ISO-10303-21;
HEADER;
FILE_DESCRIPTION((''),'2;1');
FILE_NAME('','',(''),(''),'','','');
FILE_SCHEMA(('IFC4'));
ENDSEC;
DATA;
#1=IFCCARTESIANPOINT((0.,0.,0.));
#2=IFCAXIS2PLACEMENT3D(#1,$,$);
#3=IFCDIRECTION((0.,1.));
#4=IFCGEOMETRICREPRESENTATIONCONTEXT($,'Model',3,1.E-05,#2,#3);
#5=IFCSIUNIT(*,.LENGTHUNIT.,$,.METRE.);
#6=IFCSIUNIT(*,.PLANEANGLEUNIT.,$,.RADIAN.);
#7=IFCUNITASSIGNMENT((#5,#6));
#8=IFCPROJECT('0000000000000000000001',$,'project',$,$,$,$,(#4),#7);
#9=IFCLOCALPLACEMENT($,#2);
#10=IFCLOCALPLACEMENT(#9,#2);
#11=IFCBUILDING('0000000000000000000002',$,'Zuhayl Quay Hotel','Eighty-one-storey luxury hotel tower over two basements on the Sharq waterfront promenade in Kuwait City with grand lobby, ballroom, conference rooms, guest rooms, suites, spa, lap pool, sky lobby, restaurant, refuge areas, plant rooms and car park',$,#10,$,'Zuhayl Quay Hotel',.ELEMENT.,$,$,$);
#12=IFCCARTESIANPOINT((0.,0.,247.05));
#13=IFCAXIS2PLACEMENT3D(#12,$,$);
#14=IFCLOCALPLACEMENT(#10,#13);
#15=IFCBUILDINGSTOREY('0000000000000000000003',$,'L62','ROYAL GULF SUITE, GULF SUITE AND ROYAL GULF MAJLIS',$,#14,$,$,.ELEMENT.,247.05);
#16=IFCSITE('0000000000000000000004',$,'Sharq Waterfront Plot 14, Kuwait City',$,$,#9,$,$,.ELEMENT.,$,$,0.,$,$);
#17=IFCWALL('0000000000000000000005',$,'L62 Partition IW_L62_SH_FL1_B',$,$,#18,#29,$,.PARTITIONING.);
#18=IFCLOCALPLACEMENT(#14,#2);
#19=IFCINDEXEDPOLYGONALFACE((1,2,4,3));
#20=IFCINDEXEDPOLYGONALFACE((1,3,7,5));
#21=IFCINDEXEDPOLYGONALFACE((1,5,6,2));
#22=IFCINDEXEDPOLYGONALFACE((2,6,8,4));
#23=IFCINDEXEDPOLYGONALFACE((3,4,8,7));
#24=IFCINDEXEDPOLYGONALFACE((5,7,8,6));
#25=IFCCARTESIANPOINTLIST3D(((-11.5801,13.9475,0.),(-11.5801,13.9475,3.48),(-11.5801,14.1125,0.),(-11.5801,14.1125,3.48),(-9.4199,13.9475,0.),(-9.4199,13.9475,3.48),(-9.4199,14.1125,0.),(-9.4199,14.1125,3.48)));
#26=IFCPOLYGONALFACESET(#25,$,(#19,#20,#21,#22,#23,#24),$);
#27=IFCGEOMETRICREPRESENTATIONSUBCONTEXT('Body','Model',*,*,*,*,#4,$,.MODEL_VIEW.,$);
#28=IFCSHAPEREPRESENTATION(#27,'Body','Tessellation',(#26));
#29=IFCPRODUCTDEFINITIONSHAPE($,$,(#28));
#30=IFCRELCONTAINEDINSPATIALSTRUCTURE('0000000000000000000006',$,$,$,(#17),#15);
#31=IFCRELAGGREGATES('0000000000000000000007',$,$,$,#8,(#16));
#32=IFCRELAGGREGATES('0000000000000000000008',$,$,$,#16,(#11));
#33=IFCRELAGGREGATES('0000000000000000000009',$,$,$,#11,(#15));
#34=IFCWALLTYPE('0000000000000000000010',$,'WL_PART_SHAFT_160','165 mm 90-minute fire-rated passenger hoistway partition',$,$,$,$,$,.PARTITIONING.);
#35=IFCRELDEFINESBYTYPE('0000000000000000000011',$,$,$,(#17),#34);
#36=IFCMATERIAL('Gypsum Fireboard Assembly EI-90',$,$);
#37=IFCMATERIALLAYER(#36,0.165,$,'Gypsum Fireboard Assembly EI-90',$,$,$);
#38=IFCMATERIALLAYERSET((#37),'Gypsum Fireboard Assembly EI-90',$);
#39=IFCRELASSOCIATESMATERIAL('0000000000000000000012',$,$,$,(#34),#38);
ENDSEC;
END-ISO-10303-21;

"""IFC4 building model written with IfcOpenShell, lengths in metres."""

from ifc_helpers import new_model, si_unit, direction, frame, frame_2d, origin, place, context, subcontext, project, spatial, rectangle, extrude, material, layer, layer_set, type_object, element, save


model = new_model("IFC4")

# Units and contexts
model_context = context("Model", 3, precision=1e-05, world=origin(), true_north=direction((0.0, 1.0)))
body_context = subcontext(model_context, "Body", "Model", "MODEL_VIEW")
ifc_project = project(units=[si_unit("LENGTHUNIT", "METRE"), si_unit("PLANEANGLEUNIT", "RADIAN")], contexts=[model_context])

# Site, building, storey
site_placement = place(None, origin())
site = spatial("IfcSite", under=ifc_project, at=site_placement, Name="Sharq Waterfront Plot 14, Kuwait City", CompositionType="ELEMENT", RefElevation=0.0)
building_placement = place(site_placement, origin())
building = spatial("IfcBuilding", under=site, at=building_placement, Name="Zuhayl Quay Hotel", Description="Eighty-one-storey luxury hotel tower over two basements on the Sharq waterfront promenade in Kuwait City with grand lobby, ballroom, conference rooms, guest rooms, suites, spa, lap pool, sky lobby, restaurant, refuge areas, plant rooms and car park", LongName="Zuhayl Quay Hotel", CompositionType="ELEMENT")
storey_placement = place(building_placement, frame((0.0, 0.0, 247.05)))
storey = spatial("IfcBuildingStorey", under=building, at=storey_placement, Name="L62", Description="ROYAL GULF SUITE, GULF SUITE AND ROYAL GULF MAJLIS", CompositionType="ELEMENT", Elevation=247.05)

# Wall
ifc_material_1 = material(Name="Gypsum Fireboard Assembly EI-90")
ifc_layer_1 = layer(ifc_material_1, 0.165, Name="Gypsum Fireboard Assembly EI-90")
ifc_layer_set_1 = layer_set([ifc_layer_1], Name="Gypsum Fireboard Assembly EI-90")
wall_type_1 = type_object("IfcWallType", Name="WL_PART_SHAFT_160", Description="165 mm 90-minute fire-rated passenger hoistway partition", PredefinedType="PARTITIONING", material=ifc_layer_set_1)
wall_1_placement = place(storey_placement, frame((-11.5801, 14.03, 0.0), z_axis=(0.0, 0.0, 1.0), x_axis=(1.0, 0.0, 0.0)))
element("IfcWall", 1, at=wall_1_placement, inside=storey, type_object=wall_type_1, Name="L62 Partition IW_L62_SH_FL1_B", PredefinedType="PARTITIONING", context=body_context, shape_type="SweptSolid", body=[
    extrude(rectangle(XDim=2.1602, YDim=0.165, at=frame_2d((1.0801, 0.0))), origin(), (0.0, 0.0, 1.0), 3.48),
])

save(model, "model.ifc")
